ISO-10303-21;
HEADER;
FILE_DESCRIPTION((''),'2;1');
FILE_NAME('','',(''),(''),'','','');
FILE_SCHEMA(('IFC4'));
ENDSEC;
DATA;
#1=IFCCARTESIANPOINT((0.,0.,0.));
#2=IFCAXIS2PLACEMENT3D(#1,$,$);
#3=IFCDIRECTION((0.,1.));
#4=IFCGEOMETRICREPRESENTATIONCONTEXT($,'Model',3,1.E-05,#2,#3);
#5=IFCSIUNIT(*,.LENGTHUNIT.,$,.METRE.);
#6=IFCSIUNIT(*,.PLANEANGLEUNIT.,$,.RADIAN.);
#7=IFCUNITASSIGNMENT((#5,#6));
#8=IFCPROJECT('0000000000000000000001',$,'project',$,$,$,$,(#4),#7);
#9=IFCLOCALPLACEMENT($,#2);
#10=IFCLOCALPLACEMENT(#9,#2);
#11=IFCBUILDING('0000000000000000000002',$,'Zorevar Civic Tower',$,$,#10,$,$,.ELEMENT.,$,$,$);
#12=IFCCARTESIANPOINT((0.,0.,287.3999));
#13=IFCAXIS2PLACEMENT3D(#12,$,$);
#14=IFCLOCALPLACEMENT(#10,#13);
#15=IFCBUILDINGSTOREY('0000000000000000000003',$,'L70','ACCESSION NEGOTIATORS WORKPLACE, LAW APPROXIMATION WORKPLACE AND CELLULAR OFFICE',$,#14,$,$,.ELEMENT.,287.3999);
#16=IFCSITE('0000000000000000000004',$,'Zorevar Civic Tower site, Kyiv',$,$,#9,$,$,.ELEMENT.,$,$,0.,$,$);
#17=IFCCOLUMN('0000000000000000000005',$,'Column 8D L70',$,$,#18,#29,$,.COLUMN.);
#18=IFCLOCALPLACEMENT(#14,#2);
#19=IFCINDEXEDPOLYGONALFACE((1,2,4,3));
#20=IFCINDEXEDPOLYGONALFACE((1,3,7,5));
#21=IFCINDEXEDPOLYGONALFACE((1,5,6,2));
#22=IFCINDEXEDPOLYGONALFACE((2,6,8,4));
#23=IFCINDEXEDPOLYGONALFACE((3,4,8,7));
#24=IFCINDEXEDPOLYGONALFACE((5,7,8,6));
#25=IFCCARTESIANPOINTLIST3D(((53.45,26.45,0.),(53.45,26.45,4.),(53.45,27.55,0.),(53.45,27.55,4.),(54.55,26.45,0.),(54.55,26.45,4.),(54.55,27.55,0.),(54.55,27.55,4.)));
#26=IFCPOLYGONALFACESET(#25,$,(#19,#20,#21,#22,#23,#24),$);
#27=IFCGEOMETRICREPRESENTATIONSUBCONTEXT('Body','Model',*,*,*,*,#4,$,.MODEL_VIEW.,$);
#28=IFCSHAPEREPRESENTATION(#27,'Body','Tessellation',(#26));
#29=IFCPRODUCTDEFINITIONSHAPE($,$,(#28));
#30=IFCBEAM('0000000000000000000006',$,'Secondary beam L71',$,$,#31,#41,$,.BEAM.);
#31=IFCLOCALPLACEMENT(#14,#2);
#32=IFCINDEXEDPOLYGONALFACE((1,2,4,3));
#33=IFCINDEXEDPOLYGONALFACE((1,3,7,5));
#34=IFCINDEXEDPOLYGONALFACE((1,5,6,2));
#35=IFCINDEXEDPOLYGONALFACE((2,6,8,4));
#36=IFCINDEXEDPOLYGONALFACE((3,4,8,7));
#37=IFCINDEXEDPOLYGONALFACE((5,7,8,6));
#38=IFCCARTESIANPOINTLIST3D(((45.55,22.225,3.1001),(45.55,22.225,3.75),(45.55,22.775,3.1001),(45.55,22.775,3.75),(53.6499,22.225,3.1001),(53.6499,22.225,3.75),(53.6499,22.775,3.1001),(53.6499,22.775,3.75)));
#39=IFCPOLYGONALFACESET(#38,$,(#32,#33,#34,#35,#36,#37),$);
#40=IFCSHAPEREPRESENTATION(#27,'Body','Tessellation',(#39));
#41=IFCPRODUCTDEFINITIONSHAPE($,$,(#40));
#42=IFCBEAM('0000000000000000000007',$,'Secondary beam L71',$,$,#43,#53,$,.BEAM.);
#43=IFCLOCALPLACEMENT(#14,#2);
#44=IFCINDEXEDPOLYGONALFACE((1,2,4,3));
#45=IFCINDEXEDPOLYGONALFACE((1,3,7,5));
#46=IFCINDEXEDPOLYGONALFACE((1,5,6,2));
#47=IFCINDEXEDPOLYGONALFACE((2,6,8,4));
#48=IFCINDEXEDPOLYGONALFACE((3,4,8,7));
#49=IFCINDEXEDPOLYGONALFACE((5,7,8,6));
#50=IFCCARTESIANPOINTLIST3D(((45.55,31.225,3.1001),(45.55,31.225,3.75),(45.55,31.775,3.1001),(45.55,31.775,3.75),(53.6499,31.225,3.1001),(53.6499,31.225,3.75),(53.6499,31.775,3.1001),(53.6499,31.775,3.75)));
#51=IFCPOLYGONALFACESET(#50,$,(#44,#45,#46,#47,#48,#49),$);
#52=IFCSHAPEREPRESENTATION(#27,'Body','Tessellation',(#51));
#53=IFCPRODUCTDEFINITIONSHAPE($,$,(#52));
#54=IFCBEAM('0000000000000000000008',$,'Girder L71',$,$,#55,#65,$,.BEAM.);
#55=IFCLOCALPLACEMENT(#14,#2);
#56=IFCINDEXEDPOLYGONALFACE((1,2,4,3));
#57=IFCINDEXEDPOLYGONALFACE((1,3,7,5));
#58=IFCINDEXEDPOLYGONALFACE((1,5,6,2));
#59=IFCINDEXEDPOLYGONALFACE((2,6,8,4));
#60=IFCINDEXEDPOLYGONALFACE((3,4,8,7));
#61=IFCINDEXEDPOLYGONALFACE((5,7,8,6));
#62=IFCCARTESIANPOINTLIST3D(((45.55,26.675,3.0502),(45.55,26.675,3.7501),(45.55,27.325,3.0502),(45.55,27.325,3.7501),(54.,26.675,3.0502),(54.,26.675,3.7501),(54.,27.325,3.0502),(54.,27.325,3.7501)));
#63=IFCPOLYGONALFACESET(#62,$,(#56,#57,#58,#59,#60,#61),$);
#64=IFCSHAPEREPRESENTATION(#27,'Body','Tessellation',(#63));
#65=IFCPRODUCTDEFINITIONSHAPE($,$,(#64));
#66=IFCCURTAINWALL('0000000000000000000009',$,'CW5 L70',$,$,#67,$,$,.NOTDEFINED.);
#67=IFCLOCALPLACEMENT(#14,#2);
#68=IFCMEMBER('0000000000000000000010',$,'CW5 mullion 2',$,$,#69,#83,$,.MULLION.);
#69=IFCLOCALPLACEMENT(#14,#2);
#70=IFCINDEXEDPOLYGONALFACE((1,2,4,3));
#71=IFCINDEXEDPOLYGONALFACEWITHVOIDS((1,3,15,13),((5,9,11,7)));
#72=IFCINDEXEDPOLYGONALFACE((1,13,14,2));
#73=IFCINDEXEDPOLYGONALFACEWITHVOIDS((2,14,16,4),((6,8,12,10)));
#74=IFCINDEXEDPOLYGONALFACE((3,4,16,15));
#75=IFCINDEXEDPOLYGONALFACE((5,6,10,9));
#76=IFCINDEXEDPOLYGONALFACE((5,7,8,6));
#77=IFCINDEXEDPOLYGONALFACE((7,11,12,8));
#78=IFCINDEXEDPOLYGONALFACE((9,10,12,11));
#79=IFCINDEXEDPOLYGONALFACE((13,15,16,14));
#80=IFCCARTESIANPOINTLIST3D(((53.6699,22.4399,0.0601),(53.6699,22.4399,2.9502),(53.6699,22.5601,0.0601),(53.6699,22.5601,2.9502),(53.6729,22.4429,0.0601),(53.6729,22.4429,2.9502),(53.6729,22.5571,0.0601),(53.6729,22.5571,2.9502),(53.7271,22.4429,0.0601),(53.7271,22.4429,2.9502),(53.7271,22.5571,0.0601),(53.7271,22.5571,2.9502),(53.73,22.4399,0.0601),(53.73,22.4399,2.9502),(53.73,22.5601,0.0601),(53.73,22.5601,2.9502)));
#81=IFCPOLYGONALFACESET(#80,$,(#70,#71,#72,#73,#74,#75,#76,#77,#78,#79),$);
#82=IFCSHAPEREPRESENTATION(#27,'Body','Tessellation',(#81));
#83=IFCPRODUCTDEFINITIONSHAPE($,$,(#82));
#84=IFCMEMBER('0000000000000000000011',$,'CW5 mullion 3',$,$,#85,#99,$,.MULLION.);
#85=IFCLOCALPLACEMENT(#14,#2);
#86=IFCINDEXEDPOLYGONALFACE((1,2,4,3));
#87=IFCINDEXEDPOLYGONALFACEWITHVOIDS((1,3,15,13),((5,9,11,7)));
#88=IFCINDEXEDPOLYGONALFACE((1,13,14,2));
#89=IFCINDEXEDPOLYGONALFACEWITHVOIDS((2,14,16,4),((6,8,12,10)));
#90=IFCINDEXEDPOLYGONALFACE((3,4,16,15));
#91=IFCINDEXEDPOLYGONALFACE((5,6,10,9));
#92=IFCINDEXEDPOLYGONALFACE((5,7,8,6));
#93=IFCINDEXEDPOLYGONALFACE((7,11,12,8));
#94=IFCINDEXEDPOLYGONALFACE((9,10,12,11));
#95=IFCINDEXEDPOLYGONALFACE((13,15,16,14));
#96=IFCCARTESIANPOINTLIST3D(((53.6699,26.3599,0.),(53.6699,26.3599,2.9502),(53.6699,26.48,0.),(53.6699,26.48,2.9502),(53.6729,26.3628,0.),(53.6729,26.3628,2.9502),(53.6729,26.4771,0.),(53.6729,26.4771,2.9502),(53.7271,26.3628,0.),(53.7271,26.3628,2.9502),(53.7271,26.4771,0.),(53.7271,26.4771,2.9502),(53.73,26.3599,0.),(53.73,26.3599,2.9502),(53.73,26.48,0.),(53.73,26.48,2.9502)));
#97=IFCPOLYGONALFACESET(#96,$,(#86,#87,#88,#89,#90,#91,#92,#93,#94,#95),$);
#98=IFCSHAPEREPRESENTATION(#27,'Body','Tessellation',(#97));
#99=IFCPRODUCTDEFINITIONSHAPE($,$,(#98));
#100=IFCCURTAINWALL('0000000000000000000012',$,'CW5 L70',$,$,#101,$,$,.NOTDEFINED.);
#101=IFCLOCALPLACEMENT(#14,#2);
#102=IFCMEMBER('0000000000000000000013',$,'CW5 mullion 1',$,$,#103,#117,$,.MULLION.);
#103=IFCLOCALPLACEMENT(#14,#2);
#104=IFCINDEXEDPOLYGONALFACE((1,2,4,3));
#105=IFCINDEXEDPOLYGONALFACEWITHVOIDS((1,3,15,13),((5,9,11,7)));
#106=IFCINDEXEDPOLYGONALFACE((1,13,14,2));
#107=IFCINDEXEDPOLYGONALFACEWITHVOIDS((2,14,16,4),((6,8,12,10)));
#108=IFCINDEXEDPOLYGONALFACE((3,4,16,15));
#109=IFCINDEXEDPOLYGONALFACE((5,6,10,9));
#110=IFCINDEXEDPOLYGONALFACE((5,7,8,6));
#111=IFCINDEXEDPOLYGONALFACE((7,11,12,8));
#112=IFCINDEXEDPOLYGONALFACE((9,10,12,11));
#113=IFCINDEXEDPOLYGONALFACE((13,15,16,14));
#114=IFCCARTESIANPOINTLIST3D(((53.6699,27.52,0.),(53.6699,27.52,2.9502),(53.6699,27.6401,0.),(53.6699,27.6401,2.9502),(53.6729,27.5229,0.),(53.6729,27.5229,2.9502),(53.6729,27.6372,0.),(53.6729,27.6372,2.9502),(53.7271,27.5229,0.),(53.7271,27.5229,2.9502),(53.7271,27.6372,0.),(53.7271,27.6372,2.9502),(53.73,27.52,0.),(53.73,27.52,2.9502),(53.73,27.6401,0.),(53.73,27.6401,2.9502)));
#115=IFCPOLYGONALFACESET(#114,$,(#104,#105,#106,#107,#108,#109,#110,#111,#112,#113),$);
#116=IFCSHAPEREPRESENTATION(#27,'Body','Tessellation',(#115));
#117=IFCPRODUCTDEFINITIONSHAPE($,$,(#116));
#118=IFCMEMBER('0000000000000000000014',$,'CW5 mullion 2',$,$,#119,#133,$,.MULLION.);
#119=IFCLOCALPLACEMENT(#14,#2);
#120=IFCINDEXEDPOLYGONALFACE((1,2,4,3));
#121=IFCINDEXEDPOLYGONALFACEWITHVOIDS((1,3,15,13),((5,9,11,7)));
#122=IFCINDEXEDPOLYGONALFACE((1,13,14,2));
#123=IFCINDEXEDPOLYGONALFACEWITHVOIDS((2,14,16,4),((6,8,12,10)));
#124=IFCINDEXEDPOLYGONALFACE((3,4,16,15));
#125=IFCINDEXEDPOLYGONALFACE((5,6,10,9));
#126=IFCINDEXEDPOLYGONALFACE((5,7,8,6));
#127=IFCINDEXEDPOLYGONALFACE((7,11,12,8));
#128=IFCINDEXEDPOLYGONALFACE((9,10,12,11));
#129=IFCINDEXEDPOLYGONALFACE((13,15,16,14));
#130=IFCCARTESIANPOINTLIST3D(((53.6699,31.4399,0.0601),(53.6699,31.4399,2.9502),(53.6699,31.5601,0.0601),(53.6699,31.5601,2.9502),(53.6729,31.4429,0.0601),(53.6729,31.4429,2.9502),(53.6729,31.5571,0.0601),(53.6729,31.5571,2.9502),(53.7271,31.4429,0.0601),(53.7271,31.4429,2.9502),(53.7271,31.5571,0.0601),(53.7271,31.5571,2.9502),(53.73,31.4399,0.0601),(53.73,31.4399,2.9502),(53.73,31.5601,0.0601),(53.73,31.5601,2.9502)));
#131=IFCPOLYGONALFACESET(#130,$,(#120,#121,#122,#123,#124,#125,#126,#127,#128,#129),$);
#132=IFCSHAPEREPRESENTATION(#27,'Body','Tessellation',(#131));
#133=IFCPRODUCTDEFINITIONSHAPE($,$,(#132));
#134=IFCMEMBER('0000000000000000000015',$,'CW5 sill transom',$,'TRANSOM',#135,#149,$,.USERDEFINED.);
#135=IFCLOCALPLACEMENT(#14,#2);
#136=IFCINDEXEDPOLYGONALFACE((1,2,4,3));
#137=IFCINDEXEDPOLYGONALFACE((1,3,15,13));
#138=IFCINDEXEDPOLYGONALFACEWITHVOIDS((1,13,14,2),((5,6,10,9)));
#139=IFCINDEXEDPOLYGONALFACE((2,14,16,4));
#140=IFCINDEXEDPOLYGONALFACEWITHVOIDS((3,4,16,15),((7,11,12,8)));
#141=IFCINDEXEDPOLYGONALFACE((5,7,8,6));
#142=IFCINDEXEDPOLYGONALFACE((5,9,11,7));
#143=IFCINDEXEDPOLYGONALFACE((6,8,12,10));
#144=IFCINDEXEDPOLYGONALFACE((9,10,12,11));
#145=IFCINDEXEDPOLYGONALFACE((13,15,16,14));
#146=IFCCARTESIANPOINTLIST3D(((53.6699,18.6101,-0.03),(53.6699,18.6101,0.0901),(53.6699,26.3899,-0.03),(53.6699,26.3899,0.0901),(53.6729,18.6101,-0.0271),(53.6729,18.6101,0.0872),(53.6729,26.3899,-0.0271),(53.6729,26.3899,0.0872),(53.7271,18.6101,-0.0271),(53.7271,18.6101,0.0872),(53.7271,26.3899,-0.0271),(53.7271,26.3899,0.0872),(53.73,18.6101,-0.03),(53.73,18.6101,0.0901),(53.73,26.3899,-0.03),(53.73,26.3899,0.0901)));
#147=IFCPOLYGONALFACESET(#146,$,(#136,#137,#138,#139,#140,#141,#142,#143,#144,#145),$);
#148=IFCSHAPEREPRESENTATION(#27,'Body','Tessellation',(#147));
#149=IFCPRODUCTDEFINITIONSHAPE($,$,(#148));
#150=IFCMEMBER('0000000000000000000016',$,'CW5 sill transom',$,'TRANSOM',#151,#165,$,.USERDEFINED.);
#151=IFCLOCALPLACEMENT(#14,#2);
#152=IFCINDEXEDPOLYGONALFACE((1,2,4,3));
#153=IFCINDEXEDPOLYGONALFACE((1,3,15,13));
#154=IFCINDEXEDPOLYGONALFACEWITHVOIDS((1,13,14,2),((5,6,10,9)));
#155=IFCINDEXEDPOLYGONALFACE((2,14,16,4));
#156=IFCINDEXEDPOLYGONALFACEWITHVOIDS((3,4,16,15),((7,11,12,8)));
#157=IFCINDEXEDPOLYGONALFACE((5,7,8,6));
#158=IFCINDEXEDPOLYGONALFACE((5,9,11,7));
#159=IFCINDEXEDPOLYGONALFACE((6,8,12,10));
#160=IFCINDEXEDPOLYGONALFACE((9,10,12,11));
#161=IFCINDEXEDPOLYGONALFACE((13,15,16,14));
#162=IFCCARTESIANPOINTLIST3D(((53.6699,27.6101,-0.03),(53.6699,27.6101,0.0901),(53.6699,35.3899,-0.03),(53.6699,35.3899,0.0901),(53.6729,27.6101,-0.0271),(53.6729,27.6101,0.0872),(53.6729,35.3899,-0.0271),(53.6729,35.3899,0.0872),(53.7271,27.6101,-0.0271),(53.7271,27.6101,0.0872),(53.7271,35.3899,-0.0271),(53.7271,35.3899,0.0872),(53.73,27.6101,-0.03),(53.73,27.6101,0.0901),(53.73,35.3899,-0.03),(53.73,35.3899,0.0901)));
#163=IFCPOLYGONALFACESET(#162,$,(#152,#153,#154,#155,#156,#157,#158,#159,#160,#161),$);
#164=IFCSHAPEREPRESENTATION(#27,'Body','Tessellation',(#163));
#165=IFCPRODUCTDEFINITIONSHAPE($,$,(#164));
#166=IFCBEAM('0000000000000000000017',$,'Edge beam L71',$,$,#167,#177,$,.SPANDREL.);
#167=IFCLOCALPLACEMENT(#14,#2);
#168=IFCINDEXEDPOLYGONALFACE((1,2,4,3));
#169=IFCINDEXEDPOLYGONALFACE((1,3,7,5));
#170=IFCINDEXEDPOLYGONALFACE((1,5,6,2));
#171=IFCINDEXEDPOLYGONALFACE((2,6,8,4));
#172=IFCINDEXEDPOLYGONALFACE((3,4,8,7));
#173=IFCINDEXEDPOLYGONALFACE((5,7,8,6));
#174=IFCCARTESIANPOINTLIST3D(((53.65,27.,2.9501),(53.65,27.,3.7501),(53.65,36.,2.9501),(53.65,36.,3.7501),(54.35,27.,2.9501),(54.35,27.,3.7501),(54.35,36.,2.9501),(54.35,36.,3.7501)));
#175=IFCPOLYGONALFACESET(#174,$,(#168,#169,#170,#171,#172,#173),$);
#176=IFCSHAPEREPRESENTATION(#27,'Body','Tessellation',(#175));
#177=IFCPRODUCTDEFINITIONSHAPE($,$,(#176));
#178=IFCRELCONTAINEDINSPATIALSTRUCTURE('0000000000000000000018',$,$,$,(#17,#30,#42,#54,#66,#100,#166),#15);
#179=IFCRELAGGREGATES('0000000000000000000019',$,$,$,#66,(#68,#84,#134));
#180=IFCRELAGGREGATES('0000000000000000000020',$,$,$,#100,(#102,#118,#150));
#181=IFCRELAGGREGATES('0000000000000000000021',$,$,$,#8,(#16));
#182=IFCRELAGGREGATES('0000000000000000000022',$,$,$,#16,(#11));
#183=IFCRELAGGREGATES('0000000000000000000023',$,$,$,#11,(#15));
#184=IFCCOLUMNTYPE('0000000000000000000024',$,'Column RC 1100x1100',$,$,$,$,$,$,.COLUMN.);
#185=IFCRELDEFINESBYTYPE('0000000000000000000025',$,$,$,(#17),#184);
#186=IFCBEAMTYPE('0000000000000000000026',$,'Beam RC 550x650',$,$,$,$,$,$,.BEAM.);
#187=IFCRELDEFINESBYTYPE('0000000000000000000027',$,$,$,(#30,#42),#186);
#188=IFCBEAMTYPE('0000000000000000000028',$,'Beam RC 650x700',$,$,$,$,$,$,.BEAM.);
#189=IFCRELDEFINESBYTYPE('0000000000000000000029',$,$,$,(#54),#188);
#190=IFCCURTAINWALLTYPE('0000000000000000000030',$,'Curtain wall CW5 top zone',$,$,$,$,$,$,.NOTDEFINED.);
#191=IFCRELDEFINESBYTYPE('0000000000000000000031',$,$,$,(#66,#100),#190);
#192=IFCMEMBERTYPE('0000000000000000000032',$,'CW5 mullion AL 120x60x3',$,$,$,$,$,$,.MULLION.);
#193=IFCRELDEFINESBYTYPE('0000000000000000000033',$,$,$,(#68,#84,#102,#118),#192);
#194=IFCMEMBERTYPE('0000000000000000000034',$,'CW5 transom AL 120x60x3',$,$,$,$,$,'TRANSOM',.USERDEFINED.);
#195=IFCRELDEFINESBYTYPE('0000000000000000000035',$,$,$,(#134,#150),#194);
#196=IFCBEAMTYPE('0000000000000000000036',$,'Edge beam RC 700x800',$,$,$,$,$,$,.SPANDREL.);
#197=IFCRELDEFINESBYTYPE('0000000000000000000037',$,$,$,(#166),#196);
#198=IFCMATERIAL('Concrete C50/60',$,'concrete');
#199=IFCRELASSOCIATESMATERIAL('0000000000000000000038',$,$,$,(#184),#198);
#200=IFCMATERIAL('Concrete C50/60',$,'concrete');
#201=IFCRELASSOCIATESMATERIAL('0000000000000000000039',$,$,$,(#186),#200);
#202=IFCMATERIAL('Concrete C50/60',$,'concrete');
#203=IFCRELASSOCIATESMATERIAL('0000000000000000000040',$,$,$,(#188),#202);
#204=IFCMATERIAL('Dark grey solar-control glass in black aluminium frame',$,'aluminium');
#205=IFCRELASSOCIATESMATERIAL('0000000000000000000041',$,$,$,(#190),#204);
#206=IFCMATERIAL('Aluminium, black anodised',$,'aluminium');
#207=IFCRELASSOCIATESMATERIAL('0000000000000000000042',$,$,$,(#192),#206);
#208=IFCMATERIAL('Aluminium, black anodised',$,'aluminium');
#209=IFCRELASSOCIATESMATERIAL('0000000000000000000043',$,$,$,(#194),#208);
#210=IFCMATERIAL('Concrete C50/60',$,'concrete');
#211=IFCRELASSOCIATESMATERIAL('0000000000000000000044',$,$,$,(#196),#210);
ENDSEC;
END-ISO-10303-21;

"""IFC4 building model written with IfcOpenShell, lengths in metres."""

from ifc_helpers import new_model, si_unit, direction, frame, origin, origin_2d, place, context, subcontext, project, spatial, rectangle, hollow_rectangle, extrude, material, material_profile, profile_set, type_object, element, aggregate, save


model = new_model("IFC4")

# Units and contexts
model_context = context("Model", 3, precision=1e-05, world=origin(), true_north=direction((0.0, 1.0)))
body_context = subcontext(model_context, "Body", "Model", "MODEL_VIEW")
ifc_project = project(units=[si_unit("LENGTHUNIT", "METRE"), si_unit("PLANEANGLEUNIT", "RADIAN")], contexts=[model_context])

# Site, building, storey
site_placement = place(None, origin())
site = spatial("IfcSite", under=ifc_project, at=site_placement, Name="Zorevar Civic Tower site, Kyiv", CompositionType="ELEMENT", RefElevation=0.0)
building_placement = place(site_placement, origin())
building = spatial("IfcBuilding", under=site, at=building_placement, Name="Zorevar Civic Tower", CompositionType="ELEMENT")
storey_placement = place(building_placement, frame((0.0, 0.0, 287.3999)))
storey = spatial("IfcBuildingStorey", under=building, at=storey_placement, Name="L70", Description="ACCESSION NEGOTIATORS WORKPLACE, LAW APPROXIMATION WORKPLACE AND CELLULAR OFFICE", CompositionType="ELEMENT", Elevation=287.3999)

# Column
ifc_material_1 = material(Name="Concrete C50/60", Category="concrete")
ifc_material_profile_1 = material_profile(ifc_material_1, rectangle(XDim=1.1001, YDim=1.1001, at=origin_2d()), Name="RC 1100x1100")
ifc_profile_set_1 = profile_set([ifc_material_profile_1], Name="Concrete C50/60")
column_type = type_object("IfcColumnType", Name="Column RC 1100x1100", PredefinedType="COLUMN", material=ifc_profile_set_1)
column_placement = place(storey_placement, frame((54.0, 27.0, 0.0), z_axis=(0.0, 0.0, 1.0), x_axis=(1.0, 0.0, 0.0)))
element("IfcColumn", 1, at=column_placement, inside=storey, type_object=column_type, Name="Column 8D L70", PredefinedType="COLUMN", context=body_context, shape_type="SweptSolid", body=[
    extrude(rectangle(XDim=1.1001, YDim=1.1001, at=origin_2d()), origin(), (0.0, 0.0, 1.0), 4.0),
])

# Beams
ifc_material_2 = material(Name="Concrete C50/60", Category="concrete")
ifc_material_profile_2 = material_profile(ifc_material_2, rectangle(XDim=0.55, YDim=0.6499, at=origin_2d()), Name="RC 550x650")
ifc_profile_set_2 = profile_set([ifc_material_profile_2], Name="Concrete C50/60")
beam_type_1 = type_object("IfcBeamType", Name="Beam RC 550x650", PredefinedType="BEAM", material=ifc_profile_set_2)
for number, where, z_axis, x_axis, name in (
    (2, (45.55, 22.5, 3.425), (1.0, 0.0, 0.0), (0.0, 1.0, 0.0), "Secondary beam L71"),
    (3, (45.55, 31.5, 3.425), (1.0, 0.0, 0.0), (0.0, 1.0, 0.0), "Secondary beam L71"),
):
    element("IfcBeam", number, at=place(storey_placement, frame(where, z_axis=z_axis, x_axis=x_axis)), inside=storey, type_object=beam_type_1, Name=name, PredefinedType="BEAM", context=body_context, shape_type="SweptSolid", body=[
        extrude(rectangle(XDim=0.55, YDim=0.6499, at=origin_2d()), origin(), (0.0, 0.0, 1.0), 8.0999),
    ])
ifc_material_3 = material(Name="Concrete C50/60", Category="concrete")
ifc_material_profile_3 = material_profile(ifc_material_3, rectangle(XDim=0.6499, YDim=0.7, at=origin_2d()), Name="RC 650x700")
ifc_profile_set_3 = profile_set([ifc_material_profile_3], Name="Concrete C50/60")
beam_type_2 = type_object("IfcBeamType", Name="Beam RC 650x700", PredefinedType="BEAM", material=ifc_profile_set_3)
beam_1_placement = place(storey_placement, frame((45.55, 27.0, 3.4001), z_axis=(1.0, 0.0, 0.0), x_axis=(0.0, 1.0, 0.0)))
element("IfcBeam", 4, at=beam_1_placement, inside=storey, type_object=beam_type_2, Name="Girder L71", PredefinedType="BEAM", context=body_context, shape_type="SweptSolid", body=[
    extrude(rectangle(XDim=0.6499, YDim=0.7, at=origin_2d()), origin(), (0.0, 0.0, 1.0), 8.45),
])

# Curtain walls, members
ifc_material_4 = material(Name="Dark grey solar-control glass in black aluminium frame", Category="aluminium")
curtain_wall_type = type_object("IfcCurtainWallType", Name="Curtain wall CW5 top zone", PredefinedType="NOTDEFINED", material=ifc_material_4)
curtain_wall_1_placement = place(storey_placement, origin())
curtain_wall_1 = element("IfcCurtainWall", 5, at=curtain_wall_1_placement, inside=storey, type_object=curtain_wall_type, Name="CW5 L70", PredefinedType="NOTDEFINED")
ifc_material_5 = material(Name="Aluminium, black anodised", Category="aluminium")
ifc_material_profile_4 = material_profile(ifc_material_5, hollow_rectangle(XDim=0.0601, YDim=0.1201, WallThickness=0.0029, at=origin_2d()), Name="AL 120x60x3")
ifc_profile_set_4 = profile_set([ifc_material_profile_4], Name="Aluminium, black anodised")
member_type_1 = type_object("IfcMemberType", Name="CW5 mullion AL 120x60x3", PredefinedType="MULLION", material=ifc_profile_set_4)
member_1_placement = place(storey_placement, frame((53.7, 22.5, 0.0601), z_axis=(0.0, 0.0, 1.0), x_axis=(-1.0, 0.0, 0.0)))
member_1 = element("IfcMember", 6, at=member_1_placement, type_object=member_type_1, Name="CW5 mullion 2", PredefinedType="MULLION", context=body_context, shape_type="SweptSolid", body=[
    extrude(hollow_rectangle(XDim=0.0601, YDim=0.1201, WallThickness=0.0029, at=origin_2d()), origin(), (0.0, 0.0, 1.0), 2.8901),
])
member_2_placement = place(storey_placement, frame((53.7, 26.4199, 0.0), z_axis=(0.0, 0.0, 1.0), x_axis=(-1.0, 0.0, 0.0)))
member_2 = element("IfcMember", 7, at=member_2_placement, type_object=member_type_1, Name="CW5 mullion 3", PredefinedType="MULLION", context=body_context, shape_type="SweptSolid", body=[
    extrude(hollow_rectangle(XDim=0.0601, YDim=0.1201, WallThickness=0.0029, at=origin_2d()), origin(), (0.0, 0.0, 1.0), 2.9502),
])
curtain_wall_2_placement = place(storey_placement, origin())
curtain_wall_2 = element("IfcCurtainWall", 8, at=curtain_wall_2_placement, inside=storey, type_object=curtain_wall_type, Name="CW5 L70", PredefinedType="NOTDEFINED")
member_3_placement = place(storey_placement, frame((53.7, 27.5801, 0.0), z_axis=(0.0, 0.0, 1.0), x_axis=(-1.0, 0.0, 0.0)))
member_3 = element("IfcMember", 9, at=member_3_placement, type_object=member_type_1, Name="CW5 mullion 1", PredefinedType="MULLION", context=body_context, shape_type="SweptSolid", body=[
    extrude(hollow_rectangle(XDim=0.0601, YDim=0.1201, WallThickness=0.0029, at=origin_2d()), origin(), (0.0, 0.0, 1.0), 2.9502),
])
member_4_placement = place(storey_placement, frame((53.7, 31.5, 0.0601), z_axis=(0.0, 0.0, 1.0), x_axis=(-1.0, 0.0, 0.0)))
member_4 = element("IfcMember", 10, at=member_4_placement, type_object=member_type_1, Name="CW5 mullion 2", PredefinedType="MULLION", context=body_context, shape_type="SweptSolid", body=[
    extrude(hollow_rectangle(XDim=0.0601, YDim=0.1201, WallThickness=0.0029, at=origin_2d()), origin(), (0.0, 0.0, 1.0), 2.8901),
])

# Members
ifc_material_6 = material(Name="Aluminium, black anodised", Category="aluminium")
ifc_material_profile_5 = material_profile(ifc_material_6, hollow_rectangle(XDim=0.0601, YDim=0.1201, WallThickness=0.0029, at=origin_2d()), Name="AL 120x60x3")
ifc_profile_set_5 = profile_set([ifc_material_profile_5], Name="Aluminium, black anodised")
member_type_2 = type_object("IfcMemberType", Name="CW5 transom AL 120x60x3", ElementType="TRANSOM", PredefinedType="USERDEFINED", material=ifc_profile_set_5)
member_5_placement = place(storey_placement, frame((53.7, 18.6101, 0.03), z_axis=(0.0, 1.0, 0.0), x_axis=(-1.0, 0.0, 0.0)))
member_5 = element("IfcMember", 11, at=member_5_placement, type_object=member_type_2, Name="CW5 sill transom", ObjectType="TRANSOM", PredefinedType="USERDEFINED", context=body_context, shape_type="SweptSolid", body=[
    extrude(hollow_rectangle(XDim=0.0601, YDim=0.1201, WallThickness=0.0029, at=origin_2d()), origin(), (0.0, 0.0, 1.0), 7.7798),
])
member_6_placement = place(storey_placement, frame((53.7, 27.6101, 0.03), z_axis=(0.0, 1.0, 0.0), x_axis=(-1.0, 0.0, 0.0)))
member_6 = element("IfcMember", 12, at=member_6_placement, type_object=member_type_2, Name="CW5 sill transom", ObjectType="TRANSOM", PredefinedType="USERDEFINED", context=body_context, shape_type="SweptSolid", body=[
    extrude(hollow_rectangle(XDim=0.0601, YDim=0.1201, WallThickness=0.0029, at=origin_2d()), origin(), (0.0, 0.0, 1.0), 7.7798),
])

# Beam
ifc_material_7 = material(Name="Concrete C50/60", Category="concrete")
ifc_material_profile_6 = material_profile(ifc_material_7, rectangle(XDim=0.7, YDim=0.8, at=origin_2d()), Name="RC 700x800")
ifc_profile_set_6 = profile_set([ifc_material_profile_6], Name="Concrete C50/60")
beam_type_3 = type_object("IfcBeamType", Name="Edge beam RC 700x800", PredefinedType="SPANDREL", material=ifc_profile_set_6)
beam_2_placement = place(storey_placement, frame((54.0, 27.0, 3.3501), z_axis=(0.0, 1.0, 0.0), x_axis=(-1.0, 0.0, 0.0)))
element("IfcBeam", 13, at=beam_2_placement, inside=storey, type_object=beam_type_3, Name="Edge beam L71", PredefinedType="SPANDREL", context=body_context, shape_type="SweptSolid", body=[
    extrude(rectangle(XDim=0.7, YDim=0.8, at=origin_2d()), origin(), (0.0, 0.0, 1.0), 9.0),
])

aggregate(curtain_wall_1, [member_1, member_2, member_5])
aggregate(curtain_wall_2, [member_3, member_4, member_6])

save(model, "model.ifc")
